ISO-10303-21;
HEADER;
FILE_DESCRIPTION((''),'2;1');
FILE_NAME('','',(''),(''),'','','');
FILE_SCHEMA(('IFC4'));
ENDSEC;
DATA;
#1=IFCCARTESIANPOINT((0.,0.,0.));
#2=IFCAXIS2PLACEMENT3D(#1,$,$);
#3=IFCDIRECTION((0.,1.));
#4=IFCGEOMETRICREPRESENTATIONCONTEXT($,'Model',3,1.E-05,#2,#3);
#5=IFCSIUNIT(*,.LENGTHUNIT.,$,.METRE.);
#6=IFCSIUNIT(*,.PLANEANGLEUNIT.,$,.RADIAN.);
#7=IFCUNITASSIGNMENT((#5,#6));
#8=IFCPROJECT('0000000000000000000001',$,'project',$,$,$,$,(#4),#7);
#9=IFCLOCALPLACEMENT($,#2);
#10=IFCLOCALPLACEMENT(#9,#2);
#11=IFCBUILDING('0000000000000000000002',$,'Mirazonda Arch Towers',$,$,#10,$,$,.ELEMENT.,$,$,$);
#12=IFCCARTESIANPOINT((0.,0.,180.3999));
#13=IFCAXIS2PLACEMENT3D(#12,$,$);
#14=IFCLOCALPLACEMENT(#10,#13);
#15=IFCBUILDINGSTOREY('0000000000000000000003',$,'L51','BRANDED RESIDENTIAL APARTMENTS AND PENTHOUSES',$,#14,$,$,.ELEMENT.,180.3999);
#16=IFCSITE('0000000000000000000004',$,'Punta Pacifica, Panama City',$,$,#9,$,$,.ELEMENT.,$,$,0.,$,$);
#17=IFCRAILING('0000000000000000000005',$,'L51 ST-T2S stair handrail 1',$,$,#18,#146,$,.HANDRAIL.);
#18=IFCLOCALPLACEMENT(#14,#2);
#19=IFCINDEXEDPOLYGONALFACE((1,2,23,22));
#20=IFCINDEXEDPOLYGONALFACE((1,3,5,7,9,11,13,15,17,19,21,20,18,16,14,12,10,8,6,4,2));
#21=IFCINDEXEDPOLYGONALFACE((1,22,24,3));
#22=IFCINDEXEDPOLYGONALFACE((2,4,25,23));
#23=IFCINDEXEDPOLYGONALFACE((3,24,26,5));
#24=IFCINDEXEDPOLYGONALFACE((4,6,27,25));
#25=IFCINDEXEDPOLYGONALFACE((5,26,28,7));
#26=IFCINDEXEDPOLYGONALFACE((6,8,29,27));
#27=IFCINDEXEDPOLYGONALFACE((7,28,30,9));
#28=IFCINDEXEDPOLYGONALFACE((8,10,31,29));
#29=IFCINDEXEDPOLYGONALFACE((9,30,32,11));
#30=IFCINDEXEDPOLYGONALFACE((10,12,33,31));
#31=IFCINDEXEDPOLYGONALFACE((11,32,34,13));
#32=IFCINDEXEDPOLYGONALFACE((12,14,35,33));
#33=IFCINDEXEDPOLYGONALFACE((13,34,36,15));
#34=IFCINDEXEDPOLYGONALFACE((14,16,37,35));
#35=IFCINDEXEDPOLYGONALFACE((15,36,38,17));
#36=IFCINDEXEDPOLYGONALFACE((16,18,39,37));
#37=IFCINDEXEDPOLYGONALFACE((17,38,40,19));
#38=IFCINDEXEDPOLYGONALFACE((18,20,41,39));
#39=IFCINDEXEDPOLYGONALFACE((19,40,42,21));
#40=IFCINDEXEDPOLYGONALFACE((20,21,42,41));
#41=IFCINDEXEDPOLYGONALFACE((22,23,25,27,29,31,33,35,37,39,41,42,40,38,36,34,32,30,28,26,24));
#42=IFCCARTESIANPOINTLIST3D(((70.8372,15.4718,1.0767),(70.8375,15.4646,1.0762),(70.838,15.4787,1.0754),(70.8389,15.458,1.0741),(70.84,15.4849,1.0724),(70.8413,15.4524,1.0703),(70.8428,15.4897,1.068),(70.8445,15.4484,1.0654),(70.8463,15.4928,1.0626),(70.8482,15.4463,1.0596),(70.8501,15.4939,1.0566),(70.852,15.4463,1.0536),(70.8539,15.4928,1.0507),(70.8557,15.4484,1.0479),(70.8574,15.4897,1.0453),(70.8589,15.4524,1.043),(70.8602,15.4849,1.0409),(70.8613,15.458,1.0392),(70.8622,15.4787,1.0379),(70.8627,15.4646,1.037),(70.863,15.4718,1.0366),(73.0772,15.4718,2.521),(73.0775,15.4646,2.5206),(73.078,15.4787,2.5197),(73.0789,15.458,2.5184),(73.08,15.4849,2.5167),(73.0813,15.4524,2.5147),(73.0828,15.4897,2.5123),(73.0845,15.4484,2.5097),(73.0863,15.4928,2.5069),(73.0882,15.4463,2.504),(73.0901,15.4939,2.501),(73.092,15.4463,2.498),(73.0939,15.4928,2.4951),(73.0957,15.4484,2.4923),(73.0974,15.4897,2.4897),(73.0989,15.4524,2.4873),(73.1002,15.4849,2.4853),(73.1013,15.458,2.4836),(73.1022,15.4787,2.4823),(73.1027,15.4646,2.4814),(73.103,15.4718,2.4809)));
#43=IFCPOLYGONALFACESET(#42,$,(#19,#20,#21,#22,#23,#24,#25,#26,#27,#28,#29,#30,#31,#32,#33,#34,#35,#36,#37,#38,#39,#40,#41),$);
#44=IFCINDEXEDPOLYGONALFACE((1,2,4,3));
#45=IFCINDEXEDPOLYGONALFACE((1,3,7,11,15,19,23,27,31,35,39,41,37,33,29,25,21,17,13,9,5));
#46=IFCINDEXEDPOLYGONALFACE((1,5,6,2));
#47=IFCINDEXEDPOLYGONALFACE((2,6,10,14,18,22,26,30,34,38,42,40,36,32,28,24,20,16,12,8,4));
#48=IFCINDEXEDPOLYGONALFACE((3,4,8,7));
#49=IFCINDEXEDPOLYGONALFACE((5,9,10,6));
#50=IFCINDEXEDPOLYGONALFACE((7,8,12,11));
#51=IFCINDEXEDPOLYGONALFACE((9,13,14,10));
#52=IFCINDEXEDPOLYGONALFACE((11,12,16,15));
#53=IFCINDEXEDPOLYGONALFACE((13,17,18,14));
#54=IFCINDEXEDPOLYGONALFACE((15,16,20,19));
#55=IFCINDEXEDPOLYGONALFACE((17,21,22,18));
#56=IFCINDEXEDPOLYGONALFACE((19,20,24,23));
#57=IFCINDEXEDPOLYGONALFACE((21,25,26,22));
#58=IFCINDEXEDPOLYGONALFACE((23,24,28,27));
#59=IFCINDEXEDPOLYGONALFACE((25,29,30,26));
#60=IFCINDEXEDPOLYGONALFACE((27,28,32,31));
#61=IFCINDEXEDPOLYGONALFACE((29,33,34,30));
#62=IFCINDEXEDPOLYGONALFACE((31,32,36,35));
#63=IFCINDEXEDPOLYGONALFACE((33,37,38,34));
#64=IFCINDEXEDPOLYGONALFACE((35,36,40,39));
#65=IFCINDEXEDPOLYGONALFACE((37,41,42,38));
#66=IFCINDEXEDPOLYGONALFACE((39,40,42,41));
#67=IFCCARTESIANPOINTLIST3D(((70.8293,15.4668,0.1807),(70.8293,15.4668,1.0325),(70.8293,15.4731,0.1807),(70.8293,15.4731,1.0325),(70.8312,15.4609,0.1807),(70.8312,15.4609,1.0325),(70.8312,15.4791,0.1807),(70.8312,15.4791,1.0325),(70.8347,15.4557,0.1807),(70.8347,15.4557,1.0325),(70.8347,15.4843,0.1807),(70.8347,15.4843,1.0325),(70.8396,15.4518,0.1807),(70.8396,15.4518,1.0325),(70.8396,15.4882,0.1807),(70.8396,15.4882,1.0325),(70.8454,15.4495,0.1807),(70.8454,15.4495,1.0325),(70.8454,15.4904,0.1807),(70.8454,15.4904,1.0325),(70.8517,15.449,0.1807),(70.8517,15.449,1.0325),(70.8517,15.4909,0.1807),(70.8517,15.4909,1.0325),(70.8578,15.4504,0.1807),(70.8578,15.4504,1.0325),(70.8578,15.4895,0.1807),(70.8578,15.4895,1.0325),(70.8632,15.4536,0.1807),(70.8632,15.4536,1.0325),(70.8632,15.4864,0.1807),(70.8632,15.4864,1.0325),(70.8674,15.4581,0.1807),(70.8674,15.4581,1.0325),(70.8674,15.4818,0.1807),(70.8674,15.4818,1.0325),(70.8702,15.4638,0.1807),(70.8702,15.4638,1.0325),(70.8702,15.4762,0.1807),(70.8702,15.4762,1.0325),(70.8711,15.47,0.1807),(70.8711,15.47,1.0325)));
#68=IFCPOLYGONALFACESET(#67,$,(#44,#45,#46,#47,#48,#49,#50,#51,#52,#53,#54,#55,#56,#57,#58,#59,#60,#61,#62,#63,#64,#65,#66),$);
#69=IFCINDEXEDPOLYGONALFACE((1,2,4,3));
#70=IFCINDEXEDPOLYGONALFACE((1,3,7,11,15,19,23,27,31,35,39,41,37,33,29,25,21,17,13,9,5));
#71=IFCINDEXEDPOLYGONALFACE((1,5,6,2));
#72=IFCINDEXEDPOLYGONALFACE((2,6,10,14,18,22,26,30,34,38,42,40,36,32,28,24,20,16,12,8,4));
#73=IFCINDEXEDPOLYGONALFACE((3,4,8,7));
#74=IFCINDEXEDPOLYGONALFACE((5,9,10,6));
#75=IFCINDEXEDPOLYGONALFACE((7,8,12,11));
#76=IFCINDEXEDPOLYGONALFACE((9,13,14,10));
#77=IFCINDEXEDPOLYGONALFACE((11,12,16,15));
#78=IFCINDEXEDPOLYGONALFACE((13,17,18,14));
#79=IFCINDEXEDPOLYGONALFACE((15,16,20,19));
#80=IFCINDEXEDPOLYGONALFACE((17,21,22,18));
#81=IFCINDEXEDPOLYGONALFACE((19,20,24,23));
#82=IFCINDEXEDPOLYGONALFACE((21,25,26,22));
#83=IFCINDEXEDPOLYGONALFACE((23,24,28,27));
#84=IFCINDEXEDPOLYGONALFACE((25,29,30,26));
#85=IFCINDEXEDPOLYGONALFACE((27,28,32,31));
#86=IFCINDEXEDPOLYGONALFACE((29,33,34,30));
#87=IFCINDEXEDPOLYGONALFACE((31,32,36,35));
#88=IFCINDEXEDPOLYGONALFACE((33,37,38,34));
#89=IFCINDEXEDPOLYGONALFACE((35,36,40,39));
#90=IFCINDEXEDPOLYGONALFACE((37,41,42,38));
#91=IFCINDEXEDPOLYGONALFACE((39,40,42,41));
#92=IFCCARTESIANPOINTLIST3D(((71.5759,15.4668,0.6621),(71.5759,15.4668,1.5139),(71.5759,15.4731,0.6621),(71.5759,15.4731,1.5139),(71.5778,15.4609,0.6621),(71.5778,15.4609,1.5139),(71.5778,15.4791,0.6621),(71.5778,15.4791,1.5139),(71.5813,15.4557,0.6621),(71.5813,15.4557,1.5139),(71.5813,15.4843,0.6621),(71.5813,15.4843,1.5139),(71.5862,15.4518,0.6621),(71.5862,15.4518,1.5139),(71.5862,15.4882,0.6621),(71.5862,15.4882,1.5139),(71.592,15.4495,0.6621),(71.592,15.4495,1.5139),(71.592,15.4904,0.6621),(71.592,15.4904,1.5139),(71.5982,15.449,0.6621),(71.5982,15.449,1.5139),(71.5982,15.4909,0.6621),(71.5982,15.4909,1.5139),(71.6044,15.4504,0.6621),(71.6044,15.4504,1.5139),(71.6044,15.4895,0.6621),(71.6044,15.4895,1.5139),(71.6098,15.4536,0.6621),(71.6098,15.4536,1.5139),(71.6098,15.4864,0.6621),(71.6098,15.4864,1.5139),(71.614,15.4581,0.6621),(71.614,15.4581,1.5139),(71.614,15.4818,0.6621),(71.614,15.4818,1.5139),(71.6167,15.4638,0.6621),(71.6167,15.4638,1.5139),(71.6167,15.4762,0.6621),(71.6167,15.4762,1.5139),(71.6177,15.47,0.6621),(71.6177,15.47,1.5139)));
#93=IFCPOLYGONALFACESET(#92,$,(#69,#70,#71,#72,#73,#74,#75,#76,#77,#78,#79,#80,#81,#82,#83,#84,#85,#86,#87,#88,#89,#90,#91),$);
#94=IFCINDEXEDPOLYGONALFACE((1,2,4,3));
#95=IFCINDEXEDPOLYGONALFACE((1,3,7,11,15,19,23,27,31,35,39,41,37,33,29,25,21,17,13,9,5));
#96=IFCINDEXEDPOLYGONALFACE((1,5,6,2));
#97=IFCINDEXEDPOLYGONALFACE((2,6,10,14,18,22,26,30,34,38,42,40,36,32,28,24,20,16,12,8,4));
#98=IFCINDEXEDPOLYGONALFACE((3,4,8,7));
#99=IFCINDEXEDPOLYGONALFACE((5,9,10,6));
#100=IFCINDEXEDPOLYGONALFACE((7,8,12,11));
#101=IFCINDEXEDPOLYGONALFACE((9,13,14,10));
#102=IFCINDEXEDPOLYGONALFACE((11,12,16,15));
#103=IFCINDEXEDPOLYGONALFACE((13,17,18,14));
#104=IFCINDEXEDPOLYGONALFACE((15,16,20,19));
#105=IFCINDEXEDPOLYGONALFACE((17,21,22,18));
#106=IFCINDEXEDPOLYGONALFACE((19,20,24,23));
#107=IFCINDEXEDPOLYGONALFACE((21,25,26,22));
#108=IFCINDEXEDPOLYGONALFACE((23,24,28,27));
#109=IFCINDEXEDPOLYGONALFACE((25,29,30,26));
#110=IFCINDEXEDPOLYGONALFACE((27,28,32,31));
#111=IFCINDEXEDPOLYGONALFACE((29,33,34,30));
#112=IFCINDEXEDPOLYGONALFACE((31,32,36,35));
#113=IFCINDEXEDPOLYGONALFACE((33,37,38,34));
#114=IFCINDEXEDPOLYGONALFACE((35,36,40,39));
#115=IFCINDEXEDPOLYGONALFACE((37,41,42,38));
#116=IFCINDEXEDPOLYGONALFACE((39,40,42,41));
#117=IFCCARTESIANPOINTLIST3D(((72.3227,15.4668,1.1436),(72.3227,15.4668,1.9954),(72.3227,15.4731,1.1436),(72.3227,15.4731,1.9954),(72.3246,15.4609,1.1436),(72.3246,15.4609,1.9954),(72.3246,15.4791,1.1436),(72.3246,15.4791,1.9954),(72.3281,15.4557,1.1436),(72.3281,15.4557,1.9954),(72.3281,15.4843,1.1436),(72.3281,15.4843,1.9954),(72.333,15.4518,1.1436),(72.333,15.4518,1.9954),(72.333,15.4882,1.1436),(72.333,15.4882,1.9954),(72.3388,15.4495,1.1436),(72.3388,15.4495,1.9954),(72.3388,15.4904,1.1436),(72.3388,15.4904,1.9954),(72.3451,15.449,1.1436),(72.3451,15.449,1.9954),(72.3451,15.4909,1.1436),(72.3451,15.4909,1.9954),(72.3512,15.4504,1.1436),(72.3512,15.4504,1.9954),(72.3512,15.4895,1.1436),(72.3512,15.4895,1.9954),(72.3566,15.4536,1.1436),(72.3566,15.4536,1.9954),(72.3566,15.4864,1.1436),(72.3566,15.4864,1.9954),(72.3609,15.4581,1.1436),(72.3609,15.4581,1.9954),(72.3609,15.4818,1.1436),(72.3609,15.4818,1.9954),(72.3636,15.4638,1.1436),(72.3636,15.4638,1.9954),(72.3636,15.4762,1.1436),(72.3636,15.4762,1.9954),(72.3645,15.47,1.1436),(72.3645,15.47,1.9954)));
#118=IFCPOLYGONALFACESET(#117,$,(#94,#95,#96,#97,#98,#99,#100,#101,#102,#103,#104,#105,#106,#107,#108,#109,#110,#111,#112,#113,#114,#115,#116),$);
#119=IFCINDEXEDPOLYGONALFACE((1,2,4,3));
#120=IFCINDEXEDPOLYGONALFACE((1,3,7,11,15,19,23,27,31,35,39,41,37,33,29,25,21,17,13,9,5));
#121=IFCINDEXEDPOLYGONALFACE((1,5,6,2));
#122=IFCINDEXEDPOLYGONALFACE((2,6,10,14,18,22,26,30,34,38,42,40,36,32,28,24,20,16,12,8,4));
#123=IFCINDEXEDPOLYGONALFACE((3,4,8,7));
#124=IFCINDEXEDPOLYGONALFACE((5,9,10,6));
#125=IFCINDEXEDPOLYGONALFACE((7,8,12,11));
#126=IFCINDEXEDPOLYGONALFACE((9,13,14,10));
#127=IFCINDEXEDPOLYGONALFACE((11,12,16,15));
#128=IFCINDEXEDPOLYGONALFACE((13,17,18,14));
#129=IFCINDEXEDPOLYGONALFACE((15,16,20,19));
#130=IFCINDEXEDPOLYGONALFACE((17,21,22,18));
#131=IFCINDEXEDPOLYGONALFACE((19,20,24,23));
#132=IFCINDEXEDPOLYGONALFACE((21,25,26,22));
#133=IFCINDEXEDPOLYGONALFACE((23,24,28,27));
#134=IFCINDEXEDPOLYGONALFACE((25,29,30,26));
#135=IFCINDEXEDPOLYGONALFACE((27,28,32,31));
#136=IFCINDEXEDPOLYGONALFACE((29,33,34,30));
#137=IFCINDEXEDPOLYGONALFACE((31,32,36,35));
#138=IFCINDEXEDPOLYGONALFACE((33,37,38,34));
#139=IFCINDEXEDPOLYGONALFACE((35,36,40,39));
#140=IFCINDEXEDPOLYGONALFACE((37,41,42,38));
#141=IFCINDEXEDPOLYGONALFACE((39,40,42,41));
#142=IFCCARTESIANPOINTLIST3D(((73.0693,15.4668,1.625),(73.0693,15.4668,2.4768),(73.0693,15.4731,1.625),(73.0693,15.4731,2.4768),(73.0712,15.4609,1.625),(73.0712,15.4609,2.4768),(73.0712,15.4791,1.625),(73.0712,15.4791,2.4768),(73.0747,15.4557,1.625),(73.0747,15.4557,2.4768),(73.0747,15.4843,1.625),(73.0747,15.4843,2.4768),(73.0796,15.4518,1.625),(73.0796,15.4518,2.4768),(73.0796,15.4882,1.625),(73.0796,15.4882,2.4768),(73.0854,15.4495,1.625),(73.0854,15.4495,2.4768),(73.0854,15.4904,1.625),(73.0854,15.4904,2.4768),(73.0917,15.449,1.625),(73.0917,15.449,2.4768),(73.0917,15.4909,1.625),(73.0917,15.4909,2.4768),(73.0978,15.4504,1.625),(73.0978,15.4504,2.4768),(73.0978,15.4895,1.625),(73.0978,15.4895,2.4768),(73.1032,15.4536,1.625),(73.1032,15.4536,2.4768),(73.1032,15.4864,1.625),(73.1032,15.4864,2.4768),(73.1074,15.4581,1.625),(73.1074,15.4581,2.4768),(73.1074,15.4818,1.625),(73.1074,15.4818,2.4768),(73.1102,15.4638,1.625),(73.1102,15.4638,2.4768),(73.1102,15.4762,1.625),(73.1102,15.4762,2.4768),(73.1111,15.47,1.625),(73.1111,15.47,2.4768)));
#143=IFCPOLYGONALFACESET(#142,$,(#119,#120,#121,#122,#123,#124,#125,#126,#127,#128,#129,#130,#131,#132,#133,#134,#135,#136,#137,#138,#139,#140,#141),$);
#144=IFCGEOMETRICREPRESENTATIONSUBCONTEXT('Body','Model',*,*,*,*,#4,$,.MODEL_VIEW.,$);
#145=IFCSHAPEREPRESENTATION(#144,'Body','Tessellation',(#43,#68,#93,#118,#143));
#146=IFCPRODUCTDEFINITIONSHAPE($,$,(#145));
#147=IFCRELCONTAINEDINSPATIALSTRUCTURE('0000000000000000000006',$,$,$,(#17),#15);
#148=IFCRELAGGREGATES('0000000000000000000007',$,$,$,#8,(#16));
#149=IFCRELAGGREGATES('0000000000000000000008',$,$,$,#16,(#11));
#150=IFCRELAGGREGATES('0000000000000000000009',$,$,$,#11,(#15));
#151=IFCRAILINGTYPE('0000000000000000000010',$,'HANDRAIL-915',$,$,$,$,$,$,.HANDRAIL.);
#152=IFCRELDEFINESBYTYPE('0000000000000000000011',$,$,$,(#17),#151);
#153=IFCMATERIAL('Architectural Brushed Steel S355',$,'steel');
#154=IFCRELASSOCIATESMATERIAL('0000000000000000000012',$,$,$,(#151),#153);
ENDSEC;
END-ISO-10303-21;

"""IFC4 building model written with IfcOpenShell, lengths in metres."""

from ifc_helpers import new_model, si_unit, direction, frame, origin, origin_2d, place, context, subcontext, project, spatial, circle, extrude, material, type_object, element, save


model = new_model("IFC4")

# Units and contexts
model_context = context("Model", 3, precision=1e-05, world=origin(), true_north=direction((0.0, 1.0)))
body_context = subcontext(model_context, "Body", "Model", "MODEL_VIEW")
ifc_project = project(units=[si_unit("LENGTHUNIT", "METRE"), si_unit("PLANEANGLEUNIT", "RADIAN")], contexts=[model_context])

# Site, building, storey
site_placement = place(None, origin())
site = spatial("IfcSite", under=ifc_project, at=site_placement, Name="Punta Pacifica, Panama City", CompositionType="ELEMENT", RefElevation=0.0)
building_placement = place(site_placement, origin())
building = spatial("IfcBuilding", under=site, at=building_placement, Name="Mirazonda Arch Towers", CompositionType="ELEMENT")
storey_placement = place(building_placement, frame((0.0, 0.0, 180.3999)))
storey = spatial("IfcBuildingStorey", under=building, at=storey_placement, Name="L51", Description="BRANDED RESIDENTIAL APARTMENTS AND PENTHOUSES", CompositionType="ELEMENT", Elevation=180.3999)

# Railing
ifc_material_1 = material(Name="Architectural Brushed Steel S355", Category="steel")
railing_type_1 = type_object("IfcRailingType", Name="HANDRAIL-915", PredefinedType="HANDRAIL", material=ifc_material_1)
railing_1_placement = place(storey_placement, frame((70.8501, 15.47, 0.1807)))
element("IfcRailing", 1, at=railing_1_placement, inside=storey, type_object=railing_type_1, Name="L51 ST-T2S stair handrail 1", PredefinedType="HANDRAIL", context=body_context, shape_type="SweptSolid", body=[
    extrude(circle(Radius=0.0239, at=origin_2d()), frame((0.0, 0.0, 0.876), z_axis=(0.840437, 0.0, 0.54191), x_axis=(0.0, 1.0, 0.0)), (0.0, 0.0, 1.0), 2.6653),
    extrude(circle(Radius=0.021, at=origin_2d()), origin(), (0.0, 0.0, 1.0), 0.8518),
    extrude(circle(Radius=0.021, at=origin_2d()), frame((0.7466, 0.0, 0.4814)), (0.0, 0.0, 1.0), 0.8518),
    extrude(circle(Radius=0.021, at=origin_2d()), frame((1.4934, 0.0, 0.9629)), (0.0, 0.0, 1.0), 0.8518),
    extrude(circle(Radius=0.021, at=origin_2d()), frame((2.24, 0.0, 1.4443)), (0.0, 0.0, 1.0), 0.8518),
])

save(model, "model.ifc")
